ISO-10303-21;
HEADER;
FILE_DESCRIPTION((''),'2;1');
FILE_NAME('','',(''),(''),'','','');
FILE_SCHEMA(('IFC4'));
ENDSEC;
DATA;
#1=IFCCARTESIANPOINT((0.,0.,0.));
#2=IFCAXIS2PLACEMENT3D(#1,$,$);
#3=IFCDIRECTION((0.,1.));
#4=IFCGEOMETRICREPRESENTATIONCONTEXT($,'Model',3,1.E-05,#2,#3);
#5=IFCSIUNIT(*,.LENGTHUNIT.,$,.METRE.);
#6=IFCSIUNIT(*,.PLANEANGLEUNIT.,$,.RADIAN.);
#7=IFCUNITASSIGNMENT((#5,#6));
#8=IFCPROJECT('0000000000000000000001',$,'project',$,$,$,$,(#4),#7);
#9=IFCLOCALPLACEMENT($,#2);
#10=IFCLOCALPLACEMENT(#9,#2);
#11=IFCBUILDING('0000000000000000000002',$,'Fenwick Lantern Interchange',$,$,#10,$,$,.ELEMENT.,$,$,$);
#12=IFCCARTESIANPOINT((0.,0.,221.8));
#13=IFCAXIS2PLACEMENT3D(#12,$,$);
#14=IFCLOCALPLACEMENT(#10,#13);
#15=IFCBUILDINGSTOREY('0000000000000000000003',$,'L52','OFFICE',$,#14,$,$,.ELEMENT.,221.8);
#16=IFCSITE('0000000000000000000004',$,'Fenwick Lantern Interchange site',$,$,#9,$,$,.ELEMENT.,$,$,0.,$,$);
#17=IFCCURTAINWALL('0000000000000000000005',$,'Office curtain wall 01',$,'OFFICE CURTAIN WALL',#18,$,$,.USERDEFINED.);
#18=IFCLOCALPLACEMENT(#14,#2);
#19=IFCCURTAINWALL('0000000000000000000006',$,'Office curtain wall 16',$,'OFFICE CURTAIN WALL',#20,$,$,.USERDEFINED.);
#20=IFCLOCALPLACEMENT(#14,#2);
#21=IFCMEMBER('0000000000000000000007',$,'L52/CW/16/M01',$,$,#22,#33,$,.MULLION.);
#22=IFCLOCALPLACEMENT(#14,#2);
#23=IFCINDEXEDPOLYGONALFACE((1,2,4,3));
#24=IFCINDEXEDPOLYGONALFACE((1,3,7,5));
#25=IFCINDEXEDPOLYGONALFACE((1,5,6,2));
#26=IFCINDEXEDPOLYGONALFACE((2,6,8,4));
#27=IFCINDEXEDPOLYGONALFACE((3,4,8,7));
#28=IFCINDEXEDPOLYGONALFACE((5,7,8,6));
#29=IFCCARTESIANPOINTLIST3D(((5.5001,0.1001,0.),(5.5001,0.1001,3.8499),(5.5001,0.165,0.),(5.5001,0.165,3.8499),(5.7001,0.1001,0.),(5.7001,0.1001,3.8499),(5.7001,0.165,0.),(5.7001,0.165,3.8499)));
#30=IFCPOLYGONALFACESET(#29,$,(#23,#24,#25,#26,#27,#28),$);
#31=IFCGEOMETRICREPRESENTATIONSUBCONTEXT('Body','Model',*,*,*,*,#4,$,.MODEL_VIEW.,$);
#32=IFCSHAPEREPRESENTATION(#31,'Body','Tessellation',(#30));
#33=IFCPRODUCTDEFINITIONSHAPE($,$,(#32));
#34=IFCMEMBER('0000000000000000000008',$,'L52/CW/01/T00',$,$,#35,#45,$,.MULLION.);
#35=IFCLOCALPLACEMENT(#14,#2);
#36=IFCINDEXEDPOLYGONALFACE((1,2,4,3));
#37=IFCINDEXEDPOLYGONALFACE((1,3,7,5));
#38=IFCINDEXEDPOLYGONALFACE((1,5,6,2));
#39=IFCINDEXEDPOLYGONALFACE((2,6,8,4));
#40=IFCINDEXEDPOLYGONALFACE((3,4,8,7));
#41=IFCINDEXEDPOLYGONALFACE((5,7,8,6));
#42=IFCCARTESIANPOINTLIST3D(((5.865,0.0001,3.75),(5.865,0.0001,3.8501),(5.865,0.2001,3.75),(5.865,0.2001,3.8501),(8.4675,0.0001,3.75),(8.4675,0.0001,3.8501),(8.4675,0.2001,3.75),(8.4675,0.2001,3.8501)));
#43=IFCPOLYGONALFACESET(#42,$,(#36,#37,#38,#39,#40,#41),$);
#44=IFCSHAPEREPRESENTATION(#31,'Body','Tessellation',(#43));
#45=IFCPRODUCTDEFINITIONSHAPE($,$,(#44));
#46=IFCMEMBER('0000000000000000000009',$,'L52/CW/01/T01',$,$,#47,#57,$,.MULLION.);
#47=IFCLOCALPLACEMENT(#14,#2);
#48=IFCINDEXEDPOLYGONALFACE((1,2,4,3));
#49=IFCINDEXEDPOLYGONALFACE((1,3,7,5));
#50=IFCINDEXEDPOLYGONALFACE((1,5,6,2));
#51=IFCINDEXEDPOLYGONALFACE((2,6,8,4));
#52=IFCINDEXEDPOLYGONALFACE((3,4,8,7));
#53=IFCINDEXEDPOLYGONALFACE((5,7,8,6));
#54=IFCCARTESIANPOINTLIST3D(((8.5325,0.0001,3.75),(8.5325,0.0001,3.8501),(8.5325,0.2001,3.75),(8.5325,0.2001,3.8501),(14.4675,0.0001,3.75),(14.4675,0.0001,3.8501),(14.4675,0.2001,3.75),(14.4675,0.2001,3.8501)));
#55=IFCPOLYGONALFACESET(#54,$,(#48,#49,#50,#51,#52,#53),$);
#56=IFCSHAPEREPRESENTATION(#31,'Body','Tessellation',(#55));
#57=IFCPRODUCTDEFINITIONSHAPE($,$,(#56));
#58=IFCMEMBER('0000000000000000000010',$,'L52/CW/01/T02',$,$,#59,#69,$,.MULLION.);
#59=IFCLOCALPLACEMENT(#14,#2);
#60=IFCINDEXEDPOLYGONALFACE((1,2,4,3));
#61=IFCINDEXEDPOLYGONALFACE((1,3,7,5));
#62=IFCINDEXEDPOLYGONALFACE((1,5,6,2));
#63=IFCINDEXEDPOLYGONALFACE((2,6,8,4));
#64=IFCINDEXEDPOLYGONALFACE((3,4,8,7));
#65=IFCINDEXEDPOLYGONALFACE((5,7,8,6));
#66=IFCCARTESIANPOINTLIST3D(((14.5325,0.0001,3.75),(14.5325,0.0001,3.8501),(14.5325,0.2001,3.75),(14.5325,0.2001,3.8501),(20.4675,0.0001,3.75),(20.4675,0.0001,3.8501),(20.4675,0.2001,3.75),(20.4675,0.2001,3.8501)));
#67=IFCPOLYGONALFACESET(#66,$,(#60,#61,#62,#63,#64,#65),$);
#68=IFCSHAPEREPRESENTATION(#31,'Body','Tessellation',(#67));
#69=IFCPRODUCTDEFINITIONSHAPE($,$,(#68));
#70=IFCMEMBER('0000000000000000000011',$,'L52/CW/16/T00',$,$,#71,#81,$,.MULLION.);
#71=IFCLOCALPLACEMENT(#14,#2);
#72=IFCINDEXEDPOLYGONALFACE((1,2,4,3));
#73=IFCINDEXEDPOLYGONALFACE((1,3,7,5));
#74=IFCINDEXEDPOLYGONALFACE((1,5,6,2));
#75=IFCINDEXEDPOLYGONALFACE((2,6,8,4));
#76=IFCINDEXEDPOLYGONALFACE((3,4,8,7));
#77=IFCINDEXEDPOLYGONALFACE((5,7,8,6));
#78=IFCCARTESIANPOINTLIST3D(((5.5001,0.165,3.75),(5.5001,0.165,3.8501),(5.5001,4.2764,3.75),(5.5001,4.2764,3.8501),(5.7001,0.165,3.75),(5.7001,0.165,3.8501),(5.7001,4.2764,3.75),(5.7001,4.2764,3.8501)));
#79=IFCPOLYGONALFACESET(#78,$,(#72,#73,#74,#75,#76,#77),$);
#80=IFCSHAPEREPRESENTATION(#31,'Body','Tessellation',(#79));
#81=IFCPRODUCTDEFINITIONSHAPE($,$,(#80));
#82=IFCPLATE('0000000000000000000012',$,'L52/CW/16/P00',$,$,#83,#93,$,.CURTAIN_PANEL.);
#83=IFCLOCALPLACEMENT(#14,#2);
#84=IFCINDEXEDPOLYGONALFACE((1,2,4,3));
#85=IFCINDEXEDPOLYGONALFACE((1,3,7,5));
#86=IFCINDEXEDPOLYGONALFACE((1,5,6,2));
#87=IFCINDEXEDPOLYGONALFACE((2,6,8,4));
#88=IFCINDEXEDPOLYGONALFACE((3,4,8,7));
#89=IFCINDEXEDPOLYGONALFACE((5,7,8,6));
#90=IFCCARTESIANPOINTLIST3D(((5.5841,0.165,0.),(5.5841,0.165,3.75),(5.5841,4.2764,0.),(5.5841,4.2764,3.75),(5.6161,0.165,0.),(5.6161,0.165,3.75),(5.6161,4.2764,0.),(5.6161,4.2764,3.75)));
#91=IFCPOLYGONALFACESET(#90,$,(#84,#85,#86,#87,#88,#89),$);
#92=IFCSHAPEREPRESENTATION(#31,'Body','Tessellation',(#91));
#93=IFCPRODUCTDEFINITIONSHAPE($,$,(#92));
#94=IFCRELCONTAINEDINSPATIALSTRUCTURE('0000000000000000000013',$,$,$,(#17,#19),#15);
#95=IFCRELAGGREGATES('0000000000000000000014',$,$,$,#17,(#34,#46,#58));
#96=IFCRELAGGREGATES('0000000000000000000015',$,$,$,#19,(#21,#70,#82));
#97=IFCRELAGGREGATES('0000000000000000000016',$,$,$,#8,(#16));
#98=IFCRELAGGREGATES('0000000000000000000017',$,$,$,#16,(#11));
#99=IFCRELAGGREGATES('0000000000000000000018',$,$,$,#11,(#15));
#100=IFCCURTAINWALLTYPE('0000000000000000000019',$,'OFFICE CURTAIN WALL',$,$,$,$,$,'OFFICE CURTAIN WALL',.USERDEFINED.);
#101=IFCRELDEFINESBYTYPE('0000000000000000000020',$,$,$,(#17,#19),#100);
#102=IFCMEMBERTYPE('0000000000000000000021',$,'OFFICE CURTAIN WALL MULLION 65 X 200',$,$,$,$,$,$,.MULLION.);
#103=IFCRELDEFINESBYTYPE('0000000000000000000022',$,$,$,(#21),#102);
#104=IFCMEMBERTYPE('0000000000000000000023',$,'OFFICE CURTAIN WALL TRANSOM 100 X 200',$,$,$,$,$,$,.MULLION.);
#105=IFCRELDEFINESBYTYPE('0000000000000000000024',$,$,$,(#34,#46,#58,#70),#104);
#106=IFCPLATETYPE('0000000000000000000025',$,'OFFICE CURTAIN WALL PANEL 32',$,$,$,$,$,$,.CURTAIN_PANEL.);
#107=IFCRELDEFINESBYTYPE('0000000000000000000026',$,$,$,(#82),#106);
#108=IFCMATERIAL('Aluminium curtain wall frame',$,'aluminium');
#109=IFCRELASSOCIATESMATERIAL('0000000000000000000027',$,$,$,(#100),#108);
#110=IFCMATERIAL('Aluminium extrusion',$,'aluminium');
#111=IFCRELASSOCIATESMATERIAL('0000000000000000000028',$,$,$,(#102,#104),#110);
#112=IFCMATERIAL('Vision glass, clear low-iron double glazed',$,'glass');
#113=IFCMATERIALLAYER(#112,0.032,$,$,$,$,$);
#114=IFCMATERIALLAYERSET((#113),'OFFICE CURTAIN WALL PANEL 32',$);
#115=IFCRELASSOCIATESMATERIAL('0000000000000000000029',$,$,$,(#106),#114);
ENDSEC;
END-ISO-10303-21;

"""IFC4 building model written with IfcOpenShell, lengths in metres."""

from ifc_helpers import new_model, si_unit, direction, frame, origin, origin_2d, place, context, subcontext, project, spatial, rectangle, extrude, material, layer, layer_set, material_profile, profile_set, type_object, element, aggregate, save


model = new_model("IFC4")

# Units and contexts
model_context = context("Model", 3, precision=1e-05, world=origin(), true_north=direction((0.0, 1.0)))
body_context = subcontext(model_context, "Body", "Model", "MODEL_VIEW")
ifc_project = project(units=[si_unit("LENGTHUNIT", "METRE"), si_unit("PLANEANGLEUNIT", "RADIAN")], contexts=[model_context])

# Site, building, storey
site_placement = place(None, origin())
site = spatial("IfcSite", under=ifc_project, at=site_placement, Name="Fenwick Lantern Interchange site", CompositionType="ELEMENT", RefElevation=0.0)
building_placement = place(site_placement, origin())
building = spatial("IfcBuilding", under=site, at=building_placement, Name="Fenwick Lantern Interchange", CompositionType="ELEMENT")
storey_placement = place(building_placement, frame((0.0, 0.0, 221.8)))
storey = spatial("IfcBuildingStorey", under=building, at=storey_placement, Name="L52", Description="OFFICE", CompositionType="ELEMENT", Elevation=221.8)

# Curtain walls, member
ifc_material_1 = material(Name="Aluminium curtain wall frame", Category="aluminium")
curtain_wall_type = type_object("IfcCurtainWallType", Name="OFFICE CURTAIN WALL", ElementType="OFFICE CURTAIN WALL", PredefinedType="USERDEFINED", material=ifc_material_1)
curtain_wall_1_placement = place(storey_placement, origin())
curtain_wall_1 = element("IfcCurtainWall", 1, at=curtain_wall_1_placement, inside=storey, type_object=curtain_wall_type, Name="Office curtain wall 01", ObjectType="OFFICE CURTAIN WALL", PredefinedType="USERDEFINED")
ifc_material_2 = material(Name="Aluminium extrusion", Category="aluminium")
ifc_material_profile_1 = material_profile(ifc_material_2, rectangle(XDim=0.2, YDim=0.0649, at=origin_2d()), Name="OFFICE CURTAIN WALL MULLION 65 X 200")
ifc_profile_set_1 = profile_set([ifc_material_profile_1], Name="Aluminium extrusion")
member_type_1 = type_object("IfcMemberType", Name="OFFICE CURTAIN WALL MULLION 65 X 200", PredefinedType="MULLION", material=ifc_profile_set_1)
curtain_wall_2_placement = place(storey_placement, origin())
curtain_wall_2 = element("IfcCurtainWall", 2, at=curtain_wall_2_placement, inside=storey, type_object=curtain_wall_type, Name="Office curtain wall 16", ObjectType="OFFICE CURTAIN WALL", PredefinedType="USERDEFINED")
member_1_placement = place(storey_placement, frame((5.6001, 0.1326, 0.0), z_axis=(0.0, 0.0, 1.0), x_axis=(1.0, 0.0, 0.0)))
member_1 = element("IfcMember", 3, at=member_1_placement, type_object=member_type_1, Name="L52/CW/16/M01", PredefinedType="MULLION", context=body_context, shape_type="SweptSolid", body=[
    extrude(rectangle(XDim=0.2, YDim=0.0649, at=origin_2d()), origin(), (0.0, 0.0, 1.0), 3.8499),
])

# Members
ifc_material_profile_2 = material_profile(ifc_material_2, rectangle(XDim=0.2, YDim=0.1001, at=origin_2d()), Name="OFFICE CURTAIN WALL TRANSOM 100 X 200")
ifc_profile_set_2 = profile_set([ifc_material_profile_2], Name="Aluminium extrusion")
member_type_2 = type_object("IfcMemberType", Name="OFFICE CURTAIN WALL TRANSOM 100 X 200", PredefinedType="MULLION", material=ifc_profile_set_2)
member_2_placement = place(storey_placement, frame((5.865, 0.1001, 3.8), z_axis=(1.0, 0.0, 0.0), x_axis=(0.0, 1.0, 0.0)))
member_2 = element("IfcMember", 4, at=member_2_placement, type_object=member_type_2, Name="L52/CW/01/T00", PredefinedType="MULLION", context=body_context, shape_type="SweptSolid", body=[
    extrude(rectangle(XDim=0.2, YDim=0.1001, at=origin_2d()), origin(), (0.0, 0.0, 1.0), 2.6025),
])
member_3_placement = place(storey_placement, frame((8.5325, 0.1001, 3.8), z_axis=(1.0, 0.0, 0.0), x_axis=(0.0, 1.0, 0.0)))
member_3 = element("IfcMember", 5, at=member_3_placement, type_object=member_type_2, Name="L52/CW/01/T01", PredefinedType="MULLION", context=body_context, shape_type="SweptSolid", body=[
    extrude(rectangle(XDim=0.2, YDim=0.1001, at=origin_2d()), origin(), (0.0, 0.0, 1.0), 5.9351),
])
member_4_placement = place(storey_placement, frame((14.5325, 0.1001, 3.8), z_axis=(1.0, 0.0, 0.0), x_axis=(0.0, 1.0, 0.0)))
member_4 = element("IfcMember", 6, at=member_4_placement, type_object=member_type_2, Name="L52/CW/01/T02", PredefinedType="MULLION", context=body_context, shape_type="SweptSolid", body=[
    extrude(rectangle(XDim=0.2, YDim=0.1001, at=origin_2d()), origin(), (0.0, 0.0, 1.0), 5.9351),
])
member_5_placement = place(storey_placement, frame((5.6001, 4.2764, 3.8), z_axis=(0.0, -1.0, 0.0), x_axis=(1.0, 0.0, 0.0)))
member_5 = element("IfcMember", 7, at=member_5_placement, type_object=member_type_2, Name="L52/CW/16/T00", PredefinedType="MULLION", context=body_context, shape_type="SweptSolid", body=[
    extrude(rectangle(XDim=0.2, YDim=0.1001, at=origin_2d()), origin(), (0.0, 0.0, 1.0), 4.1113),
])

# Plate
ifc_material_3 = material(Name="Vision glass, clear low-iron double glazed", Category="glass")
ifc_layer_1 = layer(ifc_material_3, 0.032)
ifc_layer_set_1 = layer_set([ifc_layer_1], Name="OFFICE CURTAIN WALL PANEL 32")
plate_type = type_object("IfcPlateType", Name="OFFICE CURTAIN WALL PANEL 32", PredefinedType="CURTAIN_PANEL", material=ifc_layer_set_1)
aggregate(curtain_wall_1, [member_2, member_3, member_4])
plate_1_placement = place(storey_placement, frame((5.6001, 2.2207, 0.0), z_axis=(0.0, 0.0, 1.0), x_axis=(0.0, -1.0, 0.0)))
plate_1 = element("IfcPlate", 8, at=plate_1_placement, type_object=plate_type, Name="L52/CW/16/P00", PredefinedType="CURTAIN_PANEL", context=body_context, shape_type="SweptSolid", body=[
    extrude(rectangle(XDim=4.1113, YDim=0.032, at=origin_2d()), origin(), (0.0, 0.0, 1.0), 3.75),
])
aggregate(curtain_wall_2, [member_1, member_5, plate_1])

save(model, "model.ifc")
